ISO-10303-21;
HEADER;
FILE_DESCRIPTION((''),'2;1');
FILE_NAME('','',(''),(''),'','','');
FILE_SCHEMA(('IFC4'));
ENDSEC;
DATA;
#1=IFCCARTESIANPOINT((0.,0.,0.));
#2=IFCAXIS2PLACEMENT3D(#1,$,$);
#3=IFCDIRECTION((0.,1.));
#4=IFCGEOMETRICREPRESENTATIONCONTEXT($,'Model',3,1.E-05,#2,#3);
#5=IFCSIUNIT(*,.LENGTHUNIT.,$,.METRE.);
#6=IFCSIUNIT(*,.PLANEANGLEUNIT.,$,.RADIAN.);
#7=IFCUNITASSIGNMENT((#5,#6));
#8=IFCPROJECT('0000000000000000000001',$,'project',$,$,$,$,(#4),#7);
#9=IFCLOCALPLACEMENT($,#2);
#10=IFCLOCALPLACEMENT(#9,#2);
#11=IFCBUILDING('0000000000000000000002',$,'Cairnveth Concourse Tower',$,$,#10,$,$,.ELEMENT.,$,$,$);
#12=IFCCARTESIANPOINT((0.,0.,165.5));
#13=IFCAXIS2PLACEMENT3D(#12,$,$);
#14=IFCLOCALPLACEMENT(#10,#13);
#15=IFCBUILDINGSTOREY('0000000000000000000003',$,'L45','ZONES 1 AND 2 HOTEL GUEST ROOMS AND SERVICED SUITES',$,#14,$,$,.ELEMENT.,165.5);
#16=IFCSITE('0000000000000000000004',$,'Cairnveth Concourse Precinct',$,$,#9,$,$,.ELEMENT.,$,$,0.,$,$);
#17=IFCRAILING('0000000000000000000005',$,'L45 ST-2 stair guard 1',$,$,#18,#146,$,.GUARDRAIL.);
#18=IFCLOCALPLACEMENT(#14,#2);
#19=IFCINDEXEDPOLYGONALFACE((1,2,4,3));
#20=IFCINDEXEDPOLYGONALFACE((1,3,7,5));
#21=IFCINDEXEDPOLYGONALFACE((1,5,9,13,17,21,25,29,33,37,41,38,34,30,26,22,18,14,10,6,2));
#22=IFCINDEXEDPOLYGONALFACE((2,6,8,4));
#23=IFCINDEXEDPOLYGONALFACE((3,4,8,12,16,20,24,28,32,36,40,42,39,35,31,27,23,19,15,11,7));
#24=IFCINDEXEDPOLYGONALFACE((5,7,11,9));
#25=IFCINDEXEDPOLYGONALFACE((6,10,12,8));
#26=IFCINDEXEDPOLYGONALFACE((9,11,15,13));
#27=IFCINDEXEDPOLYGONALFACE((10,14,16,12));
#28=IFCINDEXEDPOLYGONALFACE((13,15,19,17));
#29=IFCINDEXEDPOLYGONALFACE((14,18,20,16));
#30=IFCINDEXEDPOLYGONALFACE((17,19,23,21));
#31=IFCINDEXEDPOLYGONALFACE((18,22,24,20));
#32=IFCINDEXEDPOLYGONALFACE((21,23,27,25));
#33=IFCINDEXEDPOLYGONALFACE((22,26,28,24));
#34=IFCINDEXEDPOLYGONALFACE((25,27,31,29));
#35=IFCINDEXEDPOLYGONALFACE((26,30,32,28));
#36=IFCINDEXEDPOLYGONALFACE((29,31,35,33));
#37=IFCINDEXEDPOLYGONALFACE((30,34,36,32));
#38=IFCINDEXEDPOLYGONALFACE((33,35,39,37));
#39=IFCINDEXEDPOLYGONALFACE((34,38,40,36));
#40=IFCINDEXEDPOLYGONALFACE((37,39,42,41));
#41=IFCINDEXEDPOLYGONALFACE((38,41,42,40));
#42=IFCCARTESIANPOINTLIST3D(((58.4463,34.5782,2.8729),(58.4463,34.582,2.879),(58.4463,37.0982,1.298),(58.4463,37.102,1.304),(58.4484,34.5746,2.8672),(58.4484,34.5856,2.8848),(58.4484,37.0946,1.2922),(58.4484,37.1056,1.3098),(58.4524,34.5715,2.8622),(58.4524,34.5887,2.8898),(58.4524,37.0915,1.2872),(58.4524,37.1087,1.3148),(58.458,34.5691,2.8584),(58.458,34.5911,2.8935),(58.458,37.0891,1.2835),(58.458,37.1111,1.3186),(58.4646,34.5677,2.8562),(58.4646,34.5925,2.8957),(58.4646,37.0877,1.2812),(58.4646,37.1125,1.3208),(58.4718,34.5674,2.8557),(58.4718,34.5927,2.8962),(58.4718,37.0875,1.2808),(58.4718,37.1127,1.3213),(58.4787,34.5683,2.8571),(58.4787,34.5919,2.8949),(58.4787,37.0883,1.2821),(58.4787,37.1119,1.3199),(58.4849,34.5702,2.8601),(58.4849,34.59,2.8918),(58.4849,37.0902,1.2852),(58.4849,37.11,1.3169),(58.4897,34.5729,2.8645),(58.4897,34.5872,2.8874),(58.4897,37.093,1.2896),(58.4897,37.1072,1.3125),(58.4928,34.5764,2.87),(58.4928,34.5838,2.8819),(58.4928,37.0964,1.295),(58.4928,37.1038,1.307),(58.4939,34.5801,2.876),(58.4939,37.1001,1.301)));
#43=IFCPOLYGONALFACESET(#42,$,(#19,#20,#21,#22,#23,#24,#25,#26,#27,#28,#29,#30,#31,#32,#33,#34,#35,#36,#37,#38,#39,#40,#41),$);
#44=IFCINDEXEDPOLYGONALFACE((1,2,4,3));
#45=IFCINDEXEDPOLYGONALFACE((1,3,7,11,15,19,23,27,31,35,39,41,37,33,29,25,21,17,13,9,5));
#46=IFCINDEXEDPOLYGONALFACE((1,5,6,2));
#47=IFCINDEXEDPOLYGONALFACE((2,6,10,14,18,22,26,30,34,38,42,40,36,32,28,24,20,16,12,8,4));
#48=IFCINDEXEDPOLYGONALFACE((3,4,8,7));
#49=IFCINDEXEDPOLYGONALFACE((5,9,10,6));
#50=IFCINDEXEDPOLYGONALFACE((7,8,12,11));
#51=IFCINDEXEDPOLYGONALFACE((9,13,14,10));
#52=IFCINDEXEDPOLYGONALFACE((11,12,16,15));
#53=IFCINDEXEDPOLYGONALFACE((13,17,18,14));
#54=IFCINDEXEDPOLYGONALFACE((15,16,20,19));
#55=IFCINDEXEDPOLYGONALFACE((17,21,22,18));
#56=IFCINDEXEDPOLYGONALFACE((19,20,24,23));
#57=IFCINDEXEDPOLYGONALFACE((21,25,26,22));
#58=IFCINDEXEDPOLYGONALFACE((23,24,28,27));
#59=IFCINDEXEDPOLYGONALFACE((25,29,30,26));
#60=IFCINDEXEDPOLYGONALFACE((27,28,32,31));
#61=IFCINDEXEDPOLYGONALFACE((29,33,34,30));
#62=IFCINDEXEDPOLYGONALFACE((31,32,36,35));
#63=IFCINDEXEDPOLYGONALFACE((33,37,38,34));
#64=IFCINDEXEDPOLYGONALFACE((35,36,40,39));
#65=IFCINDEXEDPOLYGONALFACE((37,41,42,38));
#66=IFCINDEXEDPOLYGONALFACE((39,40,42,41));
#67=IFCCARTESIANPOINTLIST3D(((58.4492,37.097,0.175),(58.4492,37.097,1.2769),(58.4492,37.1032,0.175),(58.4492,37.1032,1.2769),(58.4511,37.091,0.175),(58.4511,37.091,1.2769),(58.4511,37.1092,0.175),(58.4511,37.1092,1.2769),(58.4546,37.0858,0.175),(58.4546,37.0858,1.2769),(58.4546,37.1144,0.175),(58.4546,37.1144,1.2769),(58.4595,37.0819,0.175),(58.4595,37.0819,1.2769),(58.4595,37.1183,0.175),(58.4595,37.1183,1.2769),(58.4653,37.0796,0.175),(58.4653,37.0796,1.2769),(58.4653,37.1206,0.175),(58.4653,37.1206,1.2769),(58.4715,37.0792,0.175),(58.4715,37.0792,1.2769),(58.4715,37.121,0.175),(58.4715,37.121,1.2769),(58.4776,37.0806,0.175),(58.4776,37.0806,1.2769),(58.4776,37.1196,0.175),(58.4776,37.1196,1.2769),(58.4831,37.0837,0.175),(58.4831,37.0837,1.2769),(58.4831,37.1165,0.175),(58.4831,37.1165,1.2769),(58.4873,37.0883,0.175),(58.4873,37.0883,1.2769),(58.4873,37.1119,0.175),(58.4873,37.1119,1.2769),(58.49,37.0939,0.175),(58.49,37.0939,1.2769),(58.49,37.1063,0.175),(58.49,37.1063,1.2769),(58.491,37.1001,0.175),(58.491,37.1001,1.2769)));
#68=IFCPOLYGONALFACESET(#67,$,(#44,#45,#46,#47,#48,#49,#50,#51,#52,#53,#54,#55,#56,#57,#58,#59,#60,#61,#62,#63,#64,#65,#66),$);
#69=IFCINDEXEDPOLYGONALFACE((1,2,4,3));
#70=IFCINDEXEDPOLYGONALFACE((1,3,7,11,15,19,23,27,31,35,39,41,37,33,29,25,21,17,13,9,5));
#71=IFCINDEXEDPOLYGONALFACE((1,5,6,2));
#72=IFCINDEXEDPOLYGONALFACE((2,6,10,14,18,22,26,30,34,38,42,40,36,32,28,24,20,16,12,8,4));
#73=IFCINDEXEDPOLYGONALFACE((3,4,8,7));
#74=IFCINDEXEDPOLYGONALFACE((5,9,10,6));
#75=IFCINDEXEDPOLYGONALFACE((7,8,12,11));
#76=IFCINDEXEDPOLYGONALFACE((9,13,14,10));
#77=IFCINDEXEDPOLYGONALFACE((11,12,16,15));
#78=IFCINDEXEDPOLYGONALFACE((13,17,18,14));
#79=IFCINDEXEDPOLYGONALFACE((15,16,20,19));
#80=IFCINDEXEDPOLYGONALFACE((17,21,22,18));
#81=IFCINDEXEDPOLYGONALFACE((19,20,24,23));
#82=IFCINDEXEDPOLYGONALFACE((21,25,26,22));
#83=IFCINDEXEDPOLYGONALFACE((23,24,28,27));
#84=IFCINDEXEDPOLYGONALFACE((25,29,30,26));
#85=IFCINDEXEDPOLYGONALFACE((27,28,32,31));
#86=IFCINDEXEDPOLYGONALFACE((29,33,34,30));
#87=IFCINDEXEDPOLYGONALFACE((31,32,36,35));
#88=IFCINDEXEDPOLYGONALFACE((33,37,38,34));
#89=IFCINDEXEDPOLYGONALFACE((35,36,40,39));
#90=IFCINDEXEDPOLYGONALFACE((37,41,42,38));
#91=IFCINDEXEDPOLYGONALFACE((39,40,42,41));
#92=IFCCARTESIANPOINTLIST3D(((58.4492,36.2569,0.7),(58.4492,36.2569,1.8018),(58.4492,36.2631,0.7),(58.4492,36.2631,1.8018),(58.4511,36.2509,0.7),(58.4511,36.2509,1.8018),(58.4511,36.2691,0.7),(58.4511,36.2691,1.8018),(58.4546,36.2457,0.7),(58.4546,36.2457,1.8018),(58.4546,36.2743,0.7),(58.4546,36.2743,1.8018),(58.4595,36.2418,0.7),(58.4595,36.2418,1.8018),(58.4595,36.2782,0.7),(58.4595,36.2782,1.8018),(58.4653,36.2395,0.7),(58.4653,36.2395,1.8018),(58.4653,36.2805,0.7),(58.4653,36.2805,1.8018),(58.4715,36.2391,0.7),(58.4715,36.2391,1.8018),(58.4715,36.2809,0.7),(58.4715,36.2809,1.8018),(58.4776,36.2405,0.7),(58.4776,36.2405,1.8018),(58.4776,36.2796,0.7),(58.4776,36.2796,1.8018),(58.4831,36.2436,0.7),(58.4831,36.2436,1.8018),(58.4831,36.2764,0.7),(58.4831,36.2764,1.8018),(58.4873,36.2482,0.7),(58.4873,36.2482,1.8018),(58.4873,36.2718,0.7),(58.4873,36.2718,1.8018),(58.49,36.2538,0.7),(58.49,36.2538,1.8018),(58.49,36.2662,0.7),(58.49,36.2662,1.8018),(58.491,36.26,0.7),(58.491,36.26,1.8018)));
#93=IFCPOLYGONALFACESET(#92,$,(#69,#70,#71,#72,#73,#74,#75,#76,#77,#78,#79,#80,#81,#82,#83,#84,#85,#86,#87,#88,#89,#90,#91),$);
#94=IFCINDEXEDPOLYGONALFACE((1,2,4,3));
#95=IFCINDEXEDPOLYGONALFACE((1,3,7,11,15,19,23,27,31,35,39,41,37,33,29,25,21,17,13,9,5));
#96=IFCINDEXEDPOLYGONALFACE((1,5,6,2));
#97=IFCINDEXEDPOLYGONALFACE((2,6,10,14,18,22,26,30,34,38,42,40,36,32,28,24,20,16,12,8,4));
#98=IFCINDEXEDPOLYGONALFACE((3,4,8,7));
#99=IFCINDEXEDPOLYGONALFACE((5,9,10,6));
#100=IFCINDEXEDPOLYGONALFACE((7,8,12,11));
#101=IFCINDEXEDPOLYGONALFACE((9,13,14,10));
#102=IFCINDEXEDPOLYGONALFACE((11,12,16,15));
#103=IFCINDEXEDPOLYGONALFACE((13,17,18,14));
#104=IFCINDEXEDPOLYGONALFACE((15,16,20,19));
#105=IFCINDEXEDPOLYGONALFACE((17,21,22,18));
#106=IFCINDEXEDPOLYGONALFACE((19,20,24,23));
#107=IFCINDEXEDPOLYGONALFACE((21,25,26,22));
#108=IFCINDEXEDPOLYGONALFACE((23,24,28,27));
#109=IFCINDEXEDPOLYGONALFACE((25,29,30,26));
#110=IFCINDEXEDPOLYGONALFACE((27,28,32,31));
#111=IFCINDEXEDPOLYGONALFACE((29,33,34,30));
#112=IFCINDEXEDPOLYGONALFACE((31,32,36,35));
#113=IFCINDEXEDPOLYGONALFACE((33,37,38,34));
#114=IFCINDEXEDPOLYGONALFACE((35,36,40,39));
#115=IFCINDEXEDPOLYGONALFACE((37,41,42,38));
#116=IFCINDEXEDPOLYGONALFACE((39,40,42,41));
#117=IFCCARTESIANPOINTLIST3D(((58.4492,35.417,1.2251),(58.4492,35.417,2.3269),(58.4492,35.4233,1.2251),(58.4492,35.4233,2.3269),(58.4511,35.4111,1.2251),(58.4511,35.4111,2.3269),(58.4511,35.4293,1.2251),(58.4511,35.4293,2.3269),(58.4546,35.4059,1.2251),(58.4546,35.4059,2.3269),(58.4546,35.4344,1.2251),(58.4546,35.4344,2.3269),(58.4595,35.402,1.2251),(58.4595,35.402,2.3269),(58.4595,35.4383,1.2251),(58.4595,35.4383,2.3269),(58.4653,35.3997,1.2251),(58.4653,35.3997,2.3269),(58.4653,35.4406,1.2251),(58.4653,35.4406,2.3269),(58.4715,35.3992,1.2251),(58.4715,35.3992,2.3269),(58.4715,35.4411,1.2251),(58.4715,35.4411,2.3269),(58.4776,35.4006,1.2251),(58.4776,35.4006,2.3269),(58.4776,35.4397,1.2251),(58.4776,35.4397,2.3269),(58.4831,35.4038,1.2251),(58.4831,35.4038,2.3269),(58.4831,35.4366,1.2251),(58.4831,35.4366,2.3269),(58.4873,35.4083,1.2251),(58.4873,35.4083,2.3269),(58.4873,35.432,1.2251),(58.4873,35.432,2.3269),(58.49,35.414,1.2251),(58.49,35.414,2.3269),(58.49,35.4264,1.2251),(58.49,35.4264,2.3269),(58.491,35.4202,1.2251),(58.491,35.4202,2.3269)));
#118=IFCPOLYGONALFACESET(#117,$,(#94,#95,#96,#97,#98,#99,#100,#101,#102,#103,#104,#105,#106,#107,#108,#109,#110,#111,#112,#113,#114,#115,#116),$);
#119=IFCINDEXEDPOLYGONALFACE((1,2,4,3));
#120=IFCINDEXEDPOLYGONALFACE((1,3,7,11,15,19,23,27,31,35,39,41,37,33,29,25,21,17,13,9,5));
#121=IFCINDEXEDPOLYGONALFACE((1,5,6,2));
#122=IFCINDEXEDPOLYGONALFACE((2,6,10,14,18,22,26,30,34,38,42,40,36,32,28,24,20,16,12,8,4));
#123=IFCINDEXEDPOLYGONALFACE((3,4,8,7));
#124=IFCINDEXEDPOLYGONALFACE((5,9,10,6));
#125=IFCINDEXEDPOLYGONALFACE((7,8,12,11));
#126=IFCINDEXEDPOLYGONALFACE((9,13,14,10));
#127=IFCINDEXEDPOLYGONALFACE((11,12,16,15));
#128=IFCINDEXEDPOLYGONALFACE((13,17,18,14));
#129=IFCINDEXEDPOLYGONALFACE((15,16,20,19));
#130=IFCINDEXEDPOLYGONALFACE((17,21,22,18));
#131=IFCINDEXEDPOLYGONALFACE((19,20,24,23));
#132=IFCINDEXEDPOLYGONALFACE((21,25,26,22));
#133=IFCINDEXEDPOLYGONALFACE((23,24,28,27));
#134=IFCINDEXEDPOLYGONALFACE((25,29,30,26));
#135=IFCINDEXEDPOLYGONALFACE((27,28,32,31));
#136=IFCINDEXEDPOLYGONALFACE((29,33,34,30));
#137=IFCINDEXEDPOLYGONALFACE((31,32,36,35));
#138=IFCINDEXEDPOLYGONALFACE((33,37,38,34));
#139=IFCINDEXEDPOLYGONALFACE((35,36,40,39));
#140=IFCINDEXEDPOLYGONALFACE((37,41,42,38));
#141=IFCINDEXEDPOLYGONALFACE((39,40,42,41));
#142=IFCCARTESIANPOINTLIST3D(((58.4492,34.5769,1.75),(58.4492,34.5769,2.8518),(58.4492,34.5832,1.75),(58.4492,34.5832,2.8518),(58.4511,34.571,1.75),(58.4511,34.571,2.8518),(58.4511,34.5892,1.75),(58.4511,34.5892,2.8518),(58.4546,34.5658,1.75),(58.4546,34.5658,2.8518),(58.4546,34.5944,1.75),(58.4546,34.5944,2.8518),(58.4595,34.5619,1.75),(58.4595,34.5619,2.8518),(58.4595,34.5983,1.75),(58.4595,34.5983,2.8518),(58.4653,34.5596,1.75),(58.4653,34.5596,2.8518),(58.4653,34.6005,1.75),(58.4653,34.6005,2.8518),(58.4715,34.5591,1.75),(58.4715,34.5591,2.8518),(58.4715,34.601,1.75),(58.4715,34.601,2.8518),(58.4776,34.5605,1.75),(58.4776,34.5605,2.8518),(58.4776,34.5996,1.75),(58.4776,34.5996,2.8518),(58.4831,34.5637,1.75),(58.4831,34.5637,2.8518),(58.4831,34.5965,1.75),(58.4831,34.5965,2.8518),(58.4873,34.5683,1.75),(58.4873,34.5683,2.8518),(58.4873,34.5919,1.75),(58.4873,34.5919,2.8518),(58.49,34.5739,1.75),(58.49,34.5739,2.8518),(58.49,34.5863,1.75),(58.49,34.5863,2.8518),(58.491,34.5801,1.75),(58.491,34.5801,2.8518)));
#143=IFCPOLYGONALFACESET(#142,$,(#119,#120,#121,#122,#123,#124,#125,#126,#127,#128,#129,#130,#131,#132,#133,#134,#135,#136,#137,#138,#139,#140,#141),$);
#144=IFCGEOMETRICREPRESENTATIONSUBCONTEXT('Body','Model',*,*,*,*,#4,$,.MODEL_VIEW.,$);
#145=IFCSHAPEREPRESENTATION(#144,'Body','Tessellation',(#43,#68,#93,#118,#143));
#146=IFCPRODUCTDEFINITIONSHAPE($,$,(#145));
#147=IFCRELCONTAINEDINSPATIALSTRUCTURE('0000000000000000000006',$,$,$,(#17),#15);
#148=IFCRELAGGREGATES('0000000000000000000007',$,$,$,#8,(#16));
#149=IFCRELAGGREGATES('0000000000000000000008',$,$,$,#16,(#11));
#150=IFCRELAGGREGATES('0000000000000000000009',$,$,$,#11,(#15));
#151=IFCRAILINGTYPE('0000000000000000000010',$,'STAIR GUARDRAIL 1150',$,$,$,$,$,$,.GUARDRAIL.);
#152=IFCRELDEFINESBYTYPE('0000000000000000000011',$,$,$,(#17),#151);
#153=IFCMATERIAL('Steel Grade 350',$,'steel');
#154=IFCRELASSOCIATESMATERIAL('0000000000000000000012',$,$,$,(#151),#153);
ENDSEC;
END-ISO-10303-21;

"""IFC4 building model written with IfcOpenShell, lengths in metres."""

from ifc_helpers import new_model, si_unit, direction, frame, origin, origin_2d, place, context, subcontext, project, spatial, circle, extrude, material, type_object, element, save


model = new_model("IFC4")

# Units and contexts
model_context = context("Model", 3, precision=1e-05, world=origin(), true_north=direction((0.0, 1.0)))
body_context = subcontext(model_context, "Body", "Model", "MODEL_VIEW")
ifc_project = project(units=[si_unit("LENGTHUNIT", "METRE"), si_unit("PLANEANGLEUNIT", "RADIAN")], contexts=[model_context])

# Site, building, storey
site_placement = place(None, origin())
site = spatial("IfcSite", under=ifc_project, at=site_placement, Name="Cairnveth Concourse Precinct", CompositionType="ELEMENT", RefElevation=0.0)
building_placement = place(site_placement, origin())
building = spatial("IfcBuilding", under=site, at=building_placement, Name="Cairnveth Concourse Tower", CompositionType="ELEMENT")
storey_placement = place(building_placement, frame((0.0, 0.0, 165.5)))
storey = spatial("IfcBuildingStorey", under=building, at=storey_placement, Name="L45", Description="ZONES 1 AND 2 HOTEL GUEST ROOMS AND SERVICED SUITES", CompositionType="ELEMENT", Elevation=165.5)

# Shared definitions
ifc_material_1 = material(Name="Steel Grade 350", Category="steel")

# Railing
railing_type_1 = type_object("IfcRailingType", Name="STAIR GUARDRAIL 1150", PredefinedType="GUARDRAIL", material=ifc_material_1)
railing_1_placement = place(storey_placement, frame((58.47, 37.1001, 0.175)))
element("IfcRailing", 1, at=railing_1_placement, inside=storey, type_object=railing_type_1, Name="L45 ST-2 stair guard 1", PredefinedType="GUARDRAIL", context=body_context, shape_type="SweptSolid", body=[
    extrude(circle(Radius=0.0239, at=origin_2d()), frame((0.0, 0.0, 1.126), z_axis=(0.0, -0.848008, 0.529984), x_axis=(1.0, 0.0, 0.0)), (0.0, 0.0, 1.0), 2.9717),
    extrude(circle(Radius=0.021, at=origin_2d()), origin(), (0.0, 0.0, 1.0), 1.1018),
    extrude(circle(Radius=0.021, at=origin_2d()), frame((0.0, -0.8401, 0.5249)), (0.0, 0.0, 1.0), 1.1018),
    extrude(circle(Radius=0.021, at=origin_2d()), frame((0.0, -1.6799, 1.05)), (0.0, 0.0, 1.0), 1.1018),
    extrude(circle(Radius=0.021, at=origin_2d()), frame((0.0, -2.52, 1.575)), (0.0, 0.0, 1.0), 1.1018),
])

save(model, "model.ifc")
